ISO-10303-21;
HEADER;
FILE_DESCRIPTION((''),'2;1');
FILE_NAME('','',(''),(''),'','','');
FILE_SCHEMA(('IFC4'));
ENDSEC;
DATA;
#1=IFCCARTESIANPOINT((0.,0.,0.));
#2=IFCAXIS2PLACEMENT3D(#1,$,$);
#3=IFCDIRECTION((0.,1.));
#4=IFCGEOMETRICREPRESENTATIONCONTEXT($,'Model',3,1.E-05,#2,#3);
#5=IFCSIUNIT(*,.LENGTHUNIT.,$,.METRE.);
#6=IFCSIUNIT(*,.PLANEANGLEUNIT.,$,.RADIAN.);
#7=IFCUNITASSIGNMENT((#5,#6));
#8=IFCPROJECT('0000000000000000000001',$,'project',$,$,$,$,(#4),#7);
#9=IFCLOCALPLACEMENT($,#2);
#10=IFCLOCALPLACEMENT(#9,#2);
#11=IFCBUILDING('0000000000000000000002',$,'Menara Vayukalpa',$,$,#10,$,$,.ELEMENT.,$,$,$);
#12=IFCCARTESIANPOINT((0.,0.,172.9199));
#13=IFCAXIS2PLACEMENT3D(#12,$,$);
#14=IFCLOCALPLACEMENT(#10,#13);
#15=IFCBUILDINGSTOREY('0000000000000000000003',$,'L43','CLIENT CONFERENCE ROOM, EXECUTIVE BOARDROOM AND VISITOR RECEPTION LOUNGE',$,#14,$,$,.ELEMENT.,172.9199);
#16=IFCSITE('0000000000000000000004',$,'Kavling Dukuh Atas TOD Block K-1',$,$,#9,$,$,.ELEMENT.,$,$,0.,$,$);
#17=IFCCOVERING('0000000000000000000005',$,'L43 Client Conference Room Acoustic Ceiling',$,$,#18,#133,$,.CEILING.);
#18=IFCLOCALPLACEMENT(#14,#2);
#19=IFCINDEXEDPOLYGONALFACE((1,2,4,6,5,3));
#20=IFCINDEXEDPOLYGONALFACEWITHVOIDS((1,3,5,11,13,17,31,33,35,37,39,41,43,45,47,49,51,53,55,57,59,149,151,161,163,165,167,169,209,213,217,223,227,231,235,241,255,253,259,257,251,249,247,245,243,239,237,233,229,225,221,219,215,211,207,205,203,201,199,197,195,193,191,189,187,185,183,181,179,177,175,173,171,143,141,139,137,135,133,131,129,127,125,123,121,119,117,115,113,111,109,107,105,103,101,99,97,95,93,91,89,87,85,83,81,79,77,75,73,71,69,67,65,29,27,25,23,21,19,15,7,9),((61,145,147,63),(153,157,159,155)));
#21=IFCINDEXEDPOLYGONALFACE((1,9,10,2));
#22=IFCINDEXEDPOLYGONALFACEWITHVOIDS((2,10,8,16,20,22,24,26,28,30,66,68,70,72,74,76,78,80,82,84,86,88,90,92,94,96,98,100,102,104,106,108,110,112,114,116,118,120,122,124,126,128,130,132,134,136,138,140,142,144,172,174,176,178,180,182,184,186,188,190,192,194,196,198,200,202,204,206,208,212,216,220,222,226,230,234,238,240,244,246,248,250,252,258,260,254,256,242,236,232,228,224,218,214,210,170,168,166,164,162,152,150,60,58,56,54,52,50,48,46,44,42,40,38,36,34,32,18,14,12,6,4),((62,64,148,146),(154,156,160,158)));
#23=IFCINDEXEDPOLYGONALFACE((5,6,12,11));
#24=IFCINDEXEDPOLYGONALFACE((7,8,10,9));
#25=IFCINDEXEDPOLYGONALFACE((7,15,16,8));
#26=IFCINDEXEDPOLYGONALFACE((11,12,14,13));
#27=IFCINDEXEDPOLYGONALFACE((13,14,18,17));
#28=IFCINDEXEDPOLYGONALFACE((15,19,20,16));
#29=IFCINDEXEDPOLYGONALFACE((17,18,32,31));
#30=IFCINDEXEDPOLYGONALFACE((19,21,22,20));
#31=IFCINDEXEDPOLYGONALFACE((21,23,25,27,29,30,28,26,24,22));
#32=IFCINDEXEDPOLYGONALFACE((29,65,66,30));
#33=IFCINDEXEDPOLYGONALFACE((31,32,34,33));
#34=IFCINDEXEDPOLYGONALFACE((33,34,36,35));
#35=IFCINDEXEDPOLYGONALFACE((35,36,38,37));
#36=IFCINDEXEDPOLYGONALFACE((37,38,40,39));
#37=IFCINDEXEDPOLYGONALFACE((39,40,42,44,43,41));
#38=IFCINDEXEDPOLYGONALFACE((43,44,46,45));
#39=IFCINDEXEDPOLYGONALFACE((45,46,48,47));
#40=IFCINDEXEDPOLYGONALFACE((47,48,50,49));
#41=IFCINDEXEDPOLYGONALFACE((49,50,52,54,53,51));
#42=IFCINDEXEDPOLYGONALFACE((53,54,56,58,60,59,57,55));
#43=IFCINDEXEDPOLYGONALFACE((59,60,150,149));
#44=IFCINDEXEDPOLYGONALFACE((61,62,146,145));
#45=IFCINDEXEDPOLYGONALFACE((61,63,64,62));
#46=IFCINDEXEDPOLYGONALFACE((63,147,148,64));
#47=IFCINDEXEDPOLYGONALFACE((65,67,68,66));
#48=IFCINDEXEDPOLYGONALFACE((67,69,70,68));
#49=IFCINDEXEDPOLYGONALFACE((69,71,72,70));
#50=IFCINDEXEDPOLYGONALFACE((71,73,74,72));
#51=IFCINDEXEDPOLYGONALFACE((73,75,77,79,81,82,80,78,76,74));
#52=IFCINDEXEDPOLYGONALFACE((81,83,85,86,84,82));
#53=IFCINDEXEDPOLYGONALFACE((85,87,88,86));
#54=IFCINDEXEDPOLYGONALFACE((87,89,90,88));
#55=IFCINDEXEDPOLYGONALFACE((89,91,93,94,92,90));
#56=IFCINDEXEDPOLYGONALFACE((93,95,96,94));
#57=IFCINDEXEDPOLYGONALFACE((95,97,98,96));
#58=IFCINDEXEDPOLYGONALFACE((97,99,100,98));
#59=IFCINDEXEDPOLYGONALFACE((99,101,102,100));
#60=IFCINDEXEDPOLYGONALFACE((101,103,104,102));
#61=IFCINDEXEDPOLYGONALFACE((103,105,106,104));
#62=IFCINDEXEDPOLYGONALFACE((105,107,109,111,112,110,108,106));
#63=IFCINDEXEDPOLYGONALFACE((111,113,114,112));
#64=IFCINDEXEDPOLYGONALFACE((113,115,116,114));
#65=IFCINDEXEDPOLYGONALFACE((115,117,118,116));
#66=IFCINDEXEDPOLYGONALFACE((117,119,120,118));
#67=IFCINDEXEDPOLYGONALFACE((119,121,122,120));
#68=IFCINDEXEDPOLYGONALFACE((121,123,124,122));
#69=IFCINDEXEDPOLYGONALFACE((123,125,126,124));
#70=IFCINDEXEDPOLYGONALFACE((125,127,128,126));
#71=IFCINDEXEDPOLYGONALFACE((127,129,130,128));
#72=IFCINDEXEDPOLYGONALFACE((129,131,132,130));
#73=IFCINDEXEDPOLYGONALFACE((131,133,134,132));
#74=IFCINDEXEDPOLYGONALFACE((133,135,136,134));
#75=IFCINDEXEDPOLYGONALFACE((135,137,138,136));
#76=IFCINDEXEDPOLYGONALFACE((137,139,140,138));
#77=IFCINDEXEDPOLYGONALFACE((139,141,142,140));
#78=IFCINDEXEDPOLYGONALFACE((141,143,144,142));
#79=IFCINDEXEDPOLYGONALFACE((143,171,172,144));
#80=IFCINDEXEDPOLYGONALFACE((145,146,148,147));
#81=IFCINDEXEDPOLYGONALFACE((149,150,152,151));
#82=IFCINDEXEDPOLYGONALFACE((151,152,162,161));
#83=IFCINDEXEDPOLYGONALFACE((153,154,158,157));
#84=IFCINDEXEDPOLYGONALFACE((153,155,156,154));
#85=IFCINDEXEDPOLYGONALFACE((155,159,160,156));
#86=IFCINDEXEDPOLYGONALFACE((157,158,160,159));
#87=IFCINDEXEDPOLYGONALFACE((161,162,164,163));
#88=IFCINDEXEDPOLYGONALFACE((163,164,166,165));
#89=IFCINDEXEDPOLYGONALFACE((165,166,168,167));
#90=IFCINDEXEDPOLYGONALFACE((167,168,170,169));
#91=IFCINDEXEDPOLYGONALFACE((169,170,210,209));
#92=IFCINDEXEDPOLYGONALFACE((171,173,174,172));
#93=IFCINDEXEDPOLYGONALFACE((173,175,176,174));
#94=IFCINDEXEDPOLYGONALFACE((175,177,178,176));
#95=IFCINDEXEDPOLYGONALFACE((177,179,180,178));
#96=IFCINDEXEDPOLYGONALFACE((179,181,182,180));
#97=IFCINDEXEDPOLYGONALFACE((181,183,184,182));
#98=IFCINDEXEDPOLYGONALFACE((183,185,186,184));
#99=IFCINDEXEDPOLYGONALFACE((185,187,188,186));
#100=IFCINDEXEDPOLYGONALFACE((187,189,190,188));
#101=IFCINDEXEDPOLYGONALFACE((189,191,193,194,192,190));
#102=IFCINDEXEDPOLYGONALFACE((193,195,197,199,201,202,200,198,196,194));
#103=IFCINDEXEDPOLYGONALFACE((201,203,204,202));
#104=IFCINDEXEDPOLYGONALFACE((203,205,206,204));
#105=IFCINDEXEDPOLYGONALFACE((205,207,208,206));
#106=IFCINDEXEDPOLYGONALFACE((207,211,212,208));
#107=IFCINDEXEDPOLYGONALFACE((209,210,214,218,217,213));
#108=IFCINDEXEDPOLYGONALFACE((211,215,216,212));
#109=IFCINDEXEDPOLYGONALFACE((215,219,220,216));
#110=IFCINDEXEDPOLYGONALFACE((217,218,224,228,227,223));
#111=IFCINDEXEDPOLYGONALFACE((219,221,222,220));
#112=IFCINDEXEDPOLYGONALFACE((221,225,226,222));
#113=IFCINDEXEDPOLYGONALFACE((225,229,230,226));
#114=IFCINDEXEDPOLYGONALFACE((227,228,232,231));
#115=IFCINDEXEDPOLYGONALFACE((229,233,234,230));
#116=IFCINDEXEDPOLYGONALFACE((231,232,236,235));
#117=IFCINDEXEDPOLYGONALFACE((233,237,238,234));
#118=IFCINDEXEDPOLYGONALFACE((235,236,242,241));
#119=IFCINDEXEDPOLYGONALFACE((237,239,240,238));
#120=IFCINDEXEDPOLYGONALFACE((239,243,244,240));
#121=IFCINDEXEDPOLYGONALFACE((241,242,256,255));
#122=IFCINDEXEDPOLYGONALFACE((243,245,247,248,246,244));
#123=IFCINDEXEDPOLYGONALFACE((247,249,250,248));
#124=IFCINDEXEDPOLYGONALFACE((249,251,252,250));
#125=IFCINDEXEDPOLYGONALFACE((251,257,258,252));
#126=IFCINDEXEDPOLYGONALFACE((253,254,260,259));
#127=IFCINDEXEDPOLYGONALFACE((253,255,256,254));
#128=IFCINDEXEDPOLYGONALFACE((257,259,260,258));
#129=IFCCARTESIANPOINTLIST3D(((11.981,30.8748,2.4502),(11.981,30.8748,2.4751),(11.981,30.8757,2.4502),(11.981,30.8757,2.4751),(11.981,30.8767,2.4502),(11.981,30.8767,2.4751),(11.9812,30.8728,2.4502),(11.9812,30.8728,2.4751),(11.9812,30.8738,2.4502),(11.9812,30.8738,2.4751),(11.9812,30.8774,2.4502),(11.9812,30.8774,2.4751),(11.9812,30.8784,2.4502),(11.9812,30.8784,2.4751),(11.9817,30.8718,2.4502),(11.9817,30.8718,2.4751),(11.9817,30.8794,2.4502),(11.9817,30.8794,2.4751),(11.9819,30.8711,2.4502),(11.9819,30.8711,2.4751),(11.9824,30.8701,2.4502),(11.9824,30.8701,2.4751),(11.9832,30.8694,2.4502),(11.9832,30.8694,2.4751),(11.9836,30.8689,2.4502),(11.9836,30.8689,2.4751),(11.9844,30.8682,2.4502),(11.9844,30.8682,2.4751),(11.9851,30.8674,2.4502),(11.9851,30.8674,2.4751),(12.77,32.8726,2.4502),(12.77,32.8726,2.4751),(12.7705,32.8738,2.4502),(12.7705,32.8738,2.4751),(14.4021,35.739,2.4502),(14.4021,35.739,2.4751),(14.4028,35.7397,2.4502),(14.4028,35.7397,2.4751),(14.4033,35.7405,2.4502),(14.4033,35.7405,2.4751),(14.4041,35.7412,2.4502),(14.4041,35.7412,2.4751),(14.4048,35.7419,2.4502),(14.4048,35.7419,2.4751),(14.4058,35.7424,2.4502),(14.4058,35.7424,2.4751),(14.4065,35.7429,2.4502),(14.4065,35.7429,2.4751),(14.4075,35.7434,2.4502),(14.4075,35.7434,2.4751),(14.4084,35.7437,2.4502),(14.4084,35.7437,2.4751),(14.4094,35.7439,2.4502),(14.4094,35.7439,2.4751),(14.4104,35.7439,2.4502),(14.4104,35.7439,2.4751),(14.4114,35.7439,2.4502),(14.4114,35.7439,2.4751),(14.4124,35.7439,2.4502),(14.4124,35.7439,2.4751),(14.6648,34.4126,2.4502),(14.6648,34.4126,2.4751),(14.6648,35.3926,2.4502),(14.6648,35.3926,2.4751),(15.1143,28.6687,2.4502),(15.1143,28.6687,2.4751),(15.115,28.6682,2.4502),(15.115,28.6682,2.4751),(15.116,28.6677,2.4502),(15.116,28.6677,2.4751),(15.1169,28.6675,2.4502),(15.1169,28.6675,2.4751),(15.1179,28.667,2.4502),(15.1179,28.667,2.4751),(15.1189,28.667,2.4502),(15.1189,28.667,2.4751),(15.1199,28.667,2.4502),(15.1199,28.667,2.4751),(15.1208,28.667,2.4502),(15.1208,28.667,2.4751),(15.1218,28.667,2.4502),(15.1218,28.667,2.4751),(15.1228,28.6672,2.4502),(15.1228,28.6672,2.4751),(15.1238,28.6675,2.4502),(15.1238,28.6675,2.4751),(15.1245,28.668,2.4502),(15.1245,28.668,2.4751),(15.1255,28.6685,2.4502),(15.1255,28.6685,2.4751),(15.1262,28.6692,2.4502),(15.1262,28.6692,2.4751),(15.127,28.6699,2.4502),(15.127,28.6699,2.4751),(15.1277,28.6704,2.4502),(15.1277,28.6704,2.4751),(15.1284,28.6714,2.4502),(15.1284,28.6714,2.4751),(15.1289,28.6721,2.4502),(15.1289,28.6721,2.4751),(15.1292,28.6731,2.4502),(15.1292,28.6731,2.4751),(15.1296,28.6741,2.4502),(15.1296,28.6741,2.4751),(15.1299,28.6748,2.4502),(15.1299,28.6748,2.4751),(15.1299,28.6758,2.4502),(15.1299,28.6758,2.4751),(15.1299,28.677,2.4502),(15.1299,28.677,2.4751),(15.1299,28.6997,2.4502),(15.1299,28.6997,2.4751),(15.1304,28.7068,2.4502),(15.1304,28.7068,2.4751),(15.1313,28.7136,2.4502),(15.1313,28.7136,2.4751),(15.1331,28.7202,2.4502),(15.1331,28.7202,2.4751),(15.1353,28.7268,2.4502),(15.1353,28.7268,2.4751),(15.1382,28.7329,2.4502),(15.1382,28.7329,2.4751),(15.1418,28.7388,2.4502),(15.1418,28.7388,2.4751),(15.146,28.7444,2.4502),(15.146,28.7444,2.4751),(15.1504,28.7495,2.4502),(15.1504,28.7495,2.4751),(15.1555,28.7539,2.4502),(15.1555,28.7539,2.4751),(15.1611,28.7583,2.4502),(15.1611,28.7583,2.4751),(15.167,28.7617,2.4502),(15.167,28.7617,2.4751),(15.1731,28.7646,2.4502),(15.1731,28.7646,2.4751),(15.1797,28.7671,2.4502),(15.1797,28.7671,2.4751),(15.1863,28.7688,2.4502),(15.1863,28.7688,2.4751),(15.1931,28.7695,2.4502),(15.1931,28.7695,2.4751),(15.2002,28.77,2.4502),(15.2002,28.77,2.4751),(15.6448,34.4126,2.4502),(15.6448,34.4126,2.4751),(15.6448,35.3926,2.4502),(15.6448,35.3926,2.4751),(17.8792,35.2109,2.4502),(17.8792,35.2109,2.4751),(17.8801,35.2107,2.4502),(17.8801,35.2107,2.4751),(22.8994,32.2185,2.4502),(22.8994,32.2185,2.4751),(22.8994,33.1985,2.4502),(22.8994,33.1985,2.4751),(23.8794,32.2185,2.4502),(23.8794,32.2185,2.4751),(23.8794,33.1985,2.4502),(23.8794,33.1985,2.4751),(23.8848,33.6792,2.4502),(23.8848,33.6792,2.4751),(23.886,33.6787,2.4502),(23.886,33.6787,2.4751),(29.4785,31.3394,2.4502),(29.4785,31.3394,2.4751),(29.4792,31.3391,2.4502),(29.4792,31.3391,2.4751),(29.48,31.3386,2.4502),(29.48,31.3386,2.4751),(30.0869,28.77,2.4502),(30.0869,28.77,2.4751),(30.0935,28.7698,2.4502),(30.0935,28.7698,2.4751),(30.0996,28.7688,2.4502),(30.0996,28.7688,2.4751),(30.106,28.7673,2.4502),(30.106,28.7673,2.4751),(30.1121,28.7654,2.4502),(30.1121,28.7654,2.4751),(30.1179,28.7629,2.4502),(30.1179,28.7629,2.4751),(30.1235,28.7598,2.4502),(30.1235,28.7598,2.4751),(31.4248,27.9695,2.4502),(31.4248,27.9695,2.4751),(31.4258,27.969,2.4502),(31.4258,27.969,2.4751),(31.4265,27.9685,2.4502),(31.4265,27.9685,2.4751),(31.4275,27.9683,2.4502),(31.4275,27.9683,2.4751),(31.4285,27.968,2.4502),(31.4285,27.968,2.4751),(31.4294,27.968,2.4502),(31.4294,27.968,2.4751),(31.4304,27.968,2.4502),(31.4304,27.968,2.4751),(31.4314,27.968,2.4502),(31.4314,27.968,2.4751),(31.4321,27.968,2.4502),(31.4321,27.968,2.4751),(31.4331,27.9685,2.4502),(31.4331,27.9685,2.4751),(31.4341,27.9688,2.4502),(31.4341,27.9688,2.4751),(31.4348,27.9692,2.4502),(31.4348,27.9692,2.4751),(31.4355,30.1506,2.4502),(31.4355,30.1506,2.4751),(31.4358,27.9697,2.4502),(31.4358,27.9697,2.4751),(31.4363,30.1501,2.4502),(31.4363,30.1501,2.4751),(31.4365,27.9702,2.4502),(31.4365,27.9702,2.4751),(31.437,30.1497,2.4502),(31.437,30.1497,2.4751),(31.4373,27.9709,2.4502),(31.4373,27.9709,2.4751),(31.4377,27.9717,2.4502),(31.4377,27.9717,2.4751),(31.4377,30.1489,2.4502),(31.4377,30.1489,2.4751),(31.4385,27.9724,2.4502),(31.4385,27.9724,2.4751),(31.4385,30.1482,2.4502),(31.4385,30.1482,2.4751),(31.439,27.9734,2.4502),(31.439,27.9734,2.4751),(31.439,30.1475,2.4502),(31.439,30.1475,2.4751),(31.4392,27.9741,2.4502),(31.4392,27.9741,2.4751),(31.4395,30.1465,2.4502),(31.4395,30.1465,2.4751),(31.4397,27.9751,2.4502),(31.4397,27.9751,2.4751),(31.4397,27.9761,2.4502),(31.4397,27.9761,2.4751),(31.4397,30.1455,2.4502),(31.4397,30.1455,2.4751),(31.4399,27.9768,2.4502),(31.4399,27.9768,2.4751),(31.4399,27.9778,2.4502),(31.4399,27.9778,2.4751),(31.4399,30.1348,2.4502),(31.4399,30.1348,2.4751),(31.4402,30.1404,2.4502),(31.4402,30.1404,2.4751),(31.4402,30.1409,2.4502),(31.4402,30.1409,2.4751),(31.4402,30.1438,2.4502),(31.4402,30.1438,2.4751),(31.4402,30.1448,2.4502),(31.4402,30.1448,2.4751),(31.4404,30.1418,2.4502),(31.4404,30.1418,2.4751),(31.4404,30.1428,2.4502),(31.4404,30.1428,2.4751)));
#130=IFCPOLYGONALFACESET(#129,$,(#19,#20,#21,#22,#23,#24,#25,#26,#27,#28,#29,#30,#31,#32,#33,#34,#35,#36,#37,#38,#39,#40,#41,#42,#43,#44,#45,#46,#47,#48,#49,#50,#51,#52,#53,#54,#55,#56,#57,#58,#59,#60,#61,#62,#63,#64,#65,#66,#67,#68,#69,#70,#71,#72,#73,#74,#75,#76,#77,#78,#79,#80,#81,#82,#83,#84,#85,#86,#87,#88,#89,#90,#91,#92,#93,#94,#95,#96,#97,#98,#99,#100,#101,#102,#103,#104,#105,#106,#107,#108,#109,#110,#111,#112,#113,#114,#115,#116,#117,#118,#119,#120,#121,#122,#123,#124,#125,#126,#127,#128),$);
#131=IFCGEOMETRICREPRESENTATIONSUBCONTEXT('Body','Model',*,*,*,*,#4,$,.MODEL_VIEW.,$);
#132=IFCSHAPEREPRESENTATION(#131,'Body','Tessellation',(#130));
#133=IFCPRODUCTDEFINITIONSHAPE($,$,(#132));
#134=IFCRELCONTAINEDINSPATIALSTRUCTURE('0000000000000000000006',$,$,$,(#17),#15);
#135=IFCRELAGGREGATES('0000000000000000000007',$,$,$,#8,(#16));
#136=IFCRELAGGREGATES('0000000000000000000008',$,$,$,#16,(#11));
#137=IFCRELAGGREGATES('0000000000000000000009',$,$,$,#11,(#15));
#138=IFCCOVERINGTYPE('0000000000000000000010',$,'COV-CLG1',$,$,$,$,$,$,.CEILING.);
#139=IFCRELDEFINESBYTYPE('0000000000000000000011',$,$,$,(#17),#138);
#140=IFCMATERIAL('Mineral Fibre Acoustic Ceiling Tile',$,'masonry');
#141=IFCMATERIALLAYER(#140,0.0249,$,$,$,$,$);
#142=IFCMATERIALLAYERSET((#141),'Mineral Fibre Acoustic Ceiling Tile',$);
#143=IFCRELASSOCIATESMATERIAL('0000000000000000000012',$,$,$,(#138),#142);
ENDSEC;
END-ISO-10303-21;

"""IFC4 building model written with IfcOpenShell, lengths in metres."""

from ifc_helpers import new_model, si_unit, direction, frame, origin, place, context, subcontext, project, spatial, polyline, outline, extrude, material, layer, layer_set, type_object, element, save


model = new_model("IFC4")

# Units and contexts
model_context = context("Model", 3, precision=1e-05, world=origin(), true_north=direction((0.0, 1.0)))
body_context = subcontext(model_context, "Body", "Model", "MODEL_VIEW")
ifc_project = project(units=[si_unit("LENGTHUNIT", "METRE"), si_unit("PLANEANGLEUNIT", "RADIAN")], contexts=[model_context])

# Site, building, storey
site_placement = place(None, origin())
site = spatial("IfcSite", under=ifc_project, at=site_placement, Name="Kavling Dukuh Atas TOD Block K-1", CompositionType="ELEMENT", RefElevation=0.0)
building_placement = place(site_placement, origin())
building = spatial("IfcBuilding", under=site, at=building_placement, Name="Menara Vayukalpa", CompositionType="ELEMENT")
storey_placement = place(building_placement, frame((0.0, 0.0, 172.9199)))
storey = spatial("IfcBuildingStorey", under=building, at=storey_placement, Name="L43", Description="CLIENT CONFERENCE ROOM, EXECUTIVE BOARDROOM AND VISITOR RECEPTION LOUNGE", CompositionType="ELEMENT", Elevation=172.9199)

# Covering
ifc_material_1 = material(Name="Mineral Fibre Acoustic Ceiling Tile", Category="masonry")
ifc_layer_1 = layer(ifc_material_1, 0.0249)
ifc_layer_set_1 = layer_set([ifc_layer_1], Name="Mineral Fibre Acoustic Ceiling Tile")
covering_type_1 = type_object("IfcCoveringType", Name="COV-CLG1", PredefinedType="CEILING", material=ifc_layer_set_1)
covering_1_placement = place(storey_placement, frame((0.0, 0.0, 2.4502)))
element("IfcCovering", 1, at=covering_1_placement, inside=storey, type_object=covering_type_1, Name="L43 Client Conference Room Acoustic Ceiling", PredefinedType="CEILING", context=body_context, shape_type="SweptSolid", body=[
    extrude(outline(polyline([(14.4021, 35.739), (14.4028, 35.7397), (14.4033, 35.7405), (14.4041, 35.7412), (14.4048, 35.7419), (14.4058, 35.7424), (14.4065, 35.7429), (14.4075, 35.7434), (14.4084, 35.7437), (14.4094, 35.7439), (14.4104, 35.7439), (14.4114, 35.7439), (14.4124, 35.7439), (17.8792, 35.2109), (17.8801, 35.2107), (23.8848, 33.6792), (23.886, 33.6787), (29.4785, 31.3394), (29.4792, 31.3391), (29.48, 31.3386), (31.4355, 30.1506), (31.4363, 30.1501), (31.437, 30.1497), (31.4377, 30.1489), (31.4385, 30.1482), (31.439, 30.1475), (31.4395, 30.1465), (31.4397, 30.1455), (31.4402, 30.1448), (31.4402, 30.1438), (31.4404, 30.1428), (31.4404, 30.1418), (31.4402, 30.1409), (31.4402, 30.1404), (31.4399, 30.1348), (31.4399, 27.9778), (31.4399, 27.9768), (31.4397, 27.9761), (31.4397, 27.9751), (31.4392, 27.9741), (31.439, 27.9734), (31.4385, 27.9724), (31.4377, 27.9717), (31.4373, 27.9709), (31.4365, 27.9702), (31.4358, 27.9697), (31.4348, 27.9692), (31.4341, 27.9688), (31.4331, 27.9685), (31.4321, 27.968), (31.4314, 27.968), (31.4304, 27.968), (31.4294, 27.968), (31.4285, 27.968), (31.4275, 27.9683), (31.4265, 27.9685), (31.4258, 27.969), (31.4248, 27.9695), (30.1235, 28.7598), (30.1179, 28.7629), (30.1121, 28.7654), (30.106, 28.7673), (30.0996, 28.7688), (30.0935, 28.7698), (30.0869, 28.77), (15.2002, 28.77), (15.1931, 28.7695), (15.1863, 28.7688), (15.1797, 28.7671), (15.1731, 28.7646), (15.167, 28.7617), (15.1611, 28.7583), (15.1555, 28.7539), (15.1504, 28.7495), (15.146, 28.7444), (15.1418, 28.7388), (15.1382, 28.7329), (15.1353, 28.7268), (15.1331, 28.7202), (15.1313, 28.7136), (15.1304, 28.7068), (15.1299, 28.6997), (15.1299, 28.677), (15.1299, 28.6758), (15.1299, 28.6748), (15.1296, 28.6741), (15.1292, 28.6731), (15.1289, 28.6721), (15.1284, 28.6714), (15.1277, 28.6704), (15.127, 28.6699), (15.1262, 28.6692), (15.1255, 28.6685), (15.1245, 28.668), (15.1238, 28.6675), (15.1228, 28.6672), (15.1218, 28.667), (15.1208, 28.667), (15.1199, 28.667), (15.1189, 28.667), (15.1179, 28.667), (15.1169, 28.6675), (15.116, 28.6677), (15.115, 28.6682), (15.1143, 28.6687), (11.9851, 30.8674), (11.9844, 30.8682), (11.9836, 30.8689), (11.9832, 30.8694), (11.9824, 30.8701), (11.9819, 30.8711), (11.9817, 30.8718), (11.9812, 30.8728), (11.9812, 30.8738), (11.981, 30.8748), (11.981, 30.8757), (11.981, 30.8767), (11.9812, 30.8774), (11.9812, 30.8784), (11.9817, 30.8794), (12.77, 32.8726), (12.7705, 32.8738), (14.4021, 35.739)]), holes=[polyline([(15.6448, 35.3926), (14.6648, 35.3926), (14.6648, 34.4126), (15.6448, 34.4126), (15.6448, 35.3926)]), polyline([(23.8794, 33.1985), (22.8994, 33.1985), (22.8994, 32.2185), (23.8794, 32.2185), (23.8794, 33.1985)])]), origin(), (0.0, 0.0, 1.0), 0.0249),
])

save(model, "model.ifc")
